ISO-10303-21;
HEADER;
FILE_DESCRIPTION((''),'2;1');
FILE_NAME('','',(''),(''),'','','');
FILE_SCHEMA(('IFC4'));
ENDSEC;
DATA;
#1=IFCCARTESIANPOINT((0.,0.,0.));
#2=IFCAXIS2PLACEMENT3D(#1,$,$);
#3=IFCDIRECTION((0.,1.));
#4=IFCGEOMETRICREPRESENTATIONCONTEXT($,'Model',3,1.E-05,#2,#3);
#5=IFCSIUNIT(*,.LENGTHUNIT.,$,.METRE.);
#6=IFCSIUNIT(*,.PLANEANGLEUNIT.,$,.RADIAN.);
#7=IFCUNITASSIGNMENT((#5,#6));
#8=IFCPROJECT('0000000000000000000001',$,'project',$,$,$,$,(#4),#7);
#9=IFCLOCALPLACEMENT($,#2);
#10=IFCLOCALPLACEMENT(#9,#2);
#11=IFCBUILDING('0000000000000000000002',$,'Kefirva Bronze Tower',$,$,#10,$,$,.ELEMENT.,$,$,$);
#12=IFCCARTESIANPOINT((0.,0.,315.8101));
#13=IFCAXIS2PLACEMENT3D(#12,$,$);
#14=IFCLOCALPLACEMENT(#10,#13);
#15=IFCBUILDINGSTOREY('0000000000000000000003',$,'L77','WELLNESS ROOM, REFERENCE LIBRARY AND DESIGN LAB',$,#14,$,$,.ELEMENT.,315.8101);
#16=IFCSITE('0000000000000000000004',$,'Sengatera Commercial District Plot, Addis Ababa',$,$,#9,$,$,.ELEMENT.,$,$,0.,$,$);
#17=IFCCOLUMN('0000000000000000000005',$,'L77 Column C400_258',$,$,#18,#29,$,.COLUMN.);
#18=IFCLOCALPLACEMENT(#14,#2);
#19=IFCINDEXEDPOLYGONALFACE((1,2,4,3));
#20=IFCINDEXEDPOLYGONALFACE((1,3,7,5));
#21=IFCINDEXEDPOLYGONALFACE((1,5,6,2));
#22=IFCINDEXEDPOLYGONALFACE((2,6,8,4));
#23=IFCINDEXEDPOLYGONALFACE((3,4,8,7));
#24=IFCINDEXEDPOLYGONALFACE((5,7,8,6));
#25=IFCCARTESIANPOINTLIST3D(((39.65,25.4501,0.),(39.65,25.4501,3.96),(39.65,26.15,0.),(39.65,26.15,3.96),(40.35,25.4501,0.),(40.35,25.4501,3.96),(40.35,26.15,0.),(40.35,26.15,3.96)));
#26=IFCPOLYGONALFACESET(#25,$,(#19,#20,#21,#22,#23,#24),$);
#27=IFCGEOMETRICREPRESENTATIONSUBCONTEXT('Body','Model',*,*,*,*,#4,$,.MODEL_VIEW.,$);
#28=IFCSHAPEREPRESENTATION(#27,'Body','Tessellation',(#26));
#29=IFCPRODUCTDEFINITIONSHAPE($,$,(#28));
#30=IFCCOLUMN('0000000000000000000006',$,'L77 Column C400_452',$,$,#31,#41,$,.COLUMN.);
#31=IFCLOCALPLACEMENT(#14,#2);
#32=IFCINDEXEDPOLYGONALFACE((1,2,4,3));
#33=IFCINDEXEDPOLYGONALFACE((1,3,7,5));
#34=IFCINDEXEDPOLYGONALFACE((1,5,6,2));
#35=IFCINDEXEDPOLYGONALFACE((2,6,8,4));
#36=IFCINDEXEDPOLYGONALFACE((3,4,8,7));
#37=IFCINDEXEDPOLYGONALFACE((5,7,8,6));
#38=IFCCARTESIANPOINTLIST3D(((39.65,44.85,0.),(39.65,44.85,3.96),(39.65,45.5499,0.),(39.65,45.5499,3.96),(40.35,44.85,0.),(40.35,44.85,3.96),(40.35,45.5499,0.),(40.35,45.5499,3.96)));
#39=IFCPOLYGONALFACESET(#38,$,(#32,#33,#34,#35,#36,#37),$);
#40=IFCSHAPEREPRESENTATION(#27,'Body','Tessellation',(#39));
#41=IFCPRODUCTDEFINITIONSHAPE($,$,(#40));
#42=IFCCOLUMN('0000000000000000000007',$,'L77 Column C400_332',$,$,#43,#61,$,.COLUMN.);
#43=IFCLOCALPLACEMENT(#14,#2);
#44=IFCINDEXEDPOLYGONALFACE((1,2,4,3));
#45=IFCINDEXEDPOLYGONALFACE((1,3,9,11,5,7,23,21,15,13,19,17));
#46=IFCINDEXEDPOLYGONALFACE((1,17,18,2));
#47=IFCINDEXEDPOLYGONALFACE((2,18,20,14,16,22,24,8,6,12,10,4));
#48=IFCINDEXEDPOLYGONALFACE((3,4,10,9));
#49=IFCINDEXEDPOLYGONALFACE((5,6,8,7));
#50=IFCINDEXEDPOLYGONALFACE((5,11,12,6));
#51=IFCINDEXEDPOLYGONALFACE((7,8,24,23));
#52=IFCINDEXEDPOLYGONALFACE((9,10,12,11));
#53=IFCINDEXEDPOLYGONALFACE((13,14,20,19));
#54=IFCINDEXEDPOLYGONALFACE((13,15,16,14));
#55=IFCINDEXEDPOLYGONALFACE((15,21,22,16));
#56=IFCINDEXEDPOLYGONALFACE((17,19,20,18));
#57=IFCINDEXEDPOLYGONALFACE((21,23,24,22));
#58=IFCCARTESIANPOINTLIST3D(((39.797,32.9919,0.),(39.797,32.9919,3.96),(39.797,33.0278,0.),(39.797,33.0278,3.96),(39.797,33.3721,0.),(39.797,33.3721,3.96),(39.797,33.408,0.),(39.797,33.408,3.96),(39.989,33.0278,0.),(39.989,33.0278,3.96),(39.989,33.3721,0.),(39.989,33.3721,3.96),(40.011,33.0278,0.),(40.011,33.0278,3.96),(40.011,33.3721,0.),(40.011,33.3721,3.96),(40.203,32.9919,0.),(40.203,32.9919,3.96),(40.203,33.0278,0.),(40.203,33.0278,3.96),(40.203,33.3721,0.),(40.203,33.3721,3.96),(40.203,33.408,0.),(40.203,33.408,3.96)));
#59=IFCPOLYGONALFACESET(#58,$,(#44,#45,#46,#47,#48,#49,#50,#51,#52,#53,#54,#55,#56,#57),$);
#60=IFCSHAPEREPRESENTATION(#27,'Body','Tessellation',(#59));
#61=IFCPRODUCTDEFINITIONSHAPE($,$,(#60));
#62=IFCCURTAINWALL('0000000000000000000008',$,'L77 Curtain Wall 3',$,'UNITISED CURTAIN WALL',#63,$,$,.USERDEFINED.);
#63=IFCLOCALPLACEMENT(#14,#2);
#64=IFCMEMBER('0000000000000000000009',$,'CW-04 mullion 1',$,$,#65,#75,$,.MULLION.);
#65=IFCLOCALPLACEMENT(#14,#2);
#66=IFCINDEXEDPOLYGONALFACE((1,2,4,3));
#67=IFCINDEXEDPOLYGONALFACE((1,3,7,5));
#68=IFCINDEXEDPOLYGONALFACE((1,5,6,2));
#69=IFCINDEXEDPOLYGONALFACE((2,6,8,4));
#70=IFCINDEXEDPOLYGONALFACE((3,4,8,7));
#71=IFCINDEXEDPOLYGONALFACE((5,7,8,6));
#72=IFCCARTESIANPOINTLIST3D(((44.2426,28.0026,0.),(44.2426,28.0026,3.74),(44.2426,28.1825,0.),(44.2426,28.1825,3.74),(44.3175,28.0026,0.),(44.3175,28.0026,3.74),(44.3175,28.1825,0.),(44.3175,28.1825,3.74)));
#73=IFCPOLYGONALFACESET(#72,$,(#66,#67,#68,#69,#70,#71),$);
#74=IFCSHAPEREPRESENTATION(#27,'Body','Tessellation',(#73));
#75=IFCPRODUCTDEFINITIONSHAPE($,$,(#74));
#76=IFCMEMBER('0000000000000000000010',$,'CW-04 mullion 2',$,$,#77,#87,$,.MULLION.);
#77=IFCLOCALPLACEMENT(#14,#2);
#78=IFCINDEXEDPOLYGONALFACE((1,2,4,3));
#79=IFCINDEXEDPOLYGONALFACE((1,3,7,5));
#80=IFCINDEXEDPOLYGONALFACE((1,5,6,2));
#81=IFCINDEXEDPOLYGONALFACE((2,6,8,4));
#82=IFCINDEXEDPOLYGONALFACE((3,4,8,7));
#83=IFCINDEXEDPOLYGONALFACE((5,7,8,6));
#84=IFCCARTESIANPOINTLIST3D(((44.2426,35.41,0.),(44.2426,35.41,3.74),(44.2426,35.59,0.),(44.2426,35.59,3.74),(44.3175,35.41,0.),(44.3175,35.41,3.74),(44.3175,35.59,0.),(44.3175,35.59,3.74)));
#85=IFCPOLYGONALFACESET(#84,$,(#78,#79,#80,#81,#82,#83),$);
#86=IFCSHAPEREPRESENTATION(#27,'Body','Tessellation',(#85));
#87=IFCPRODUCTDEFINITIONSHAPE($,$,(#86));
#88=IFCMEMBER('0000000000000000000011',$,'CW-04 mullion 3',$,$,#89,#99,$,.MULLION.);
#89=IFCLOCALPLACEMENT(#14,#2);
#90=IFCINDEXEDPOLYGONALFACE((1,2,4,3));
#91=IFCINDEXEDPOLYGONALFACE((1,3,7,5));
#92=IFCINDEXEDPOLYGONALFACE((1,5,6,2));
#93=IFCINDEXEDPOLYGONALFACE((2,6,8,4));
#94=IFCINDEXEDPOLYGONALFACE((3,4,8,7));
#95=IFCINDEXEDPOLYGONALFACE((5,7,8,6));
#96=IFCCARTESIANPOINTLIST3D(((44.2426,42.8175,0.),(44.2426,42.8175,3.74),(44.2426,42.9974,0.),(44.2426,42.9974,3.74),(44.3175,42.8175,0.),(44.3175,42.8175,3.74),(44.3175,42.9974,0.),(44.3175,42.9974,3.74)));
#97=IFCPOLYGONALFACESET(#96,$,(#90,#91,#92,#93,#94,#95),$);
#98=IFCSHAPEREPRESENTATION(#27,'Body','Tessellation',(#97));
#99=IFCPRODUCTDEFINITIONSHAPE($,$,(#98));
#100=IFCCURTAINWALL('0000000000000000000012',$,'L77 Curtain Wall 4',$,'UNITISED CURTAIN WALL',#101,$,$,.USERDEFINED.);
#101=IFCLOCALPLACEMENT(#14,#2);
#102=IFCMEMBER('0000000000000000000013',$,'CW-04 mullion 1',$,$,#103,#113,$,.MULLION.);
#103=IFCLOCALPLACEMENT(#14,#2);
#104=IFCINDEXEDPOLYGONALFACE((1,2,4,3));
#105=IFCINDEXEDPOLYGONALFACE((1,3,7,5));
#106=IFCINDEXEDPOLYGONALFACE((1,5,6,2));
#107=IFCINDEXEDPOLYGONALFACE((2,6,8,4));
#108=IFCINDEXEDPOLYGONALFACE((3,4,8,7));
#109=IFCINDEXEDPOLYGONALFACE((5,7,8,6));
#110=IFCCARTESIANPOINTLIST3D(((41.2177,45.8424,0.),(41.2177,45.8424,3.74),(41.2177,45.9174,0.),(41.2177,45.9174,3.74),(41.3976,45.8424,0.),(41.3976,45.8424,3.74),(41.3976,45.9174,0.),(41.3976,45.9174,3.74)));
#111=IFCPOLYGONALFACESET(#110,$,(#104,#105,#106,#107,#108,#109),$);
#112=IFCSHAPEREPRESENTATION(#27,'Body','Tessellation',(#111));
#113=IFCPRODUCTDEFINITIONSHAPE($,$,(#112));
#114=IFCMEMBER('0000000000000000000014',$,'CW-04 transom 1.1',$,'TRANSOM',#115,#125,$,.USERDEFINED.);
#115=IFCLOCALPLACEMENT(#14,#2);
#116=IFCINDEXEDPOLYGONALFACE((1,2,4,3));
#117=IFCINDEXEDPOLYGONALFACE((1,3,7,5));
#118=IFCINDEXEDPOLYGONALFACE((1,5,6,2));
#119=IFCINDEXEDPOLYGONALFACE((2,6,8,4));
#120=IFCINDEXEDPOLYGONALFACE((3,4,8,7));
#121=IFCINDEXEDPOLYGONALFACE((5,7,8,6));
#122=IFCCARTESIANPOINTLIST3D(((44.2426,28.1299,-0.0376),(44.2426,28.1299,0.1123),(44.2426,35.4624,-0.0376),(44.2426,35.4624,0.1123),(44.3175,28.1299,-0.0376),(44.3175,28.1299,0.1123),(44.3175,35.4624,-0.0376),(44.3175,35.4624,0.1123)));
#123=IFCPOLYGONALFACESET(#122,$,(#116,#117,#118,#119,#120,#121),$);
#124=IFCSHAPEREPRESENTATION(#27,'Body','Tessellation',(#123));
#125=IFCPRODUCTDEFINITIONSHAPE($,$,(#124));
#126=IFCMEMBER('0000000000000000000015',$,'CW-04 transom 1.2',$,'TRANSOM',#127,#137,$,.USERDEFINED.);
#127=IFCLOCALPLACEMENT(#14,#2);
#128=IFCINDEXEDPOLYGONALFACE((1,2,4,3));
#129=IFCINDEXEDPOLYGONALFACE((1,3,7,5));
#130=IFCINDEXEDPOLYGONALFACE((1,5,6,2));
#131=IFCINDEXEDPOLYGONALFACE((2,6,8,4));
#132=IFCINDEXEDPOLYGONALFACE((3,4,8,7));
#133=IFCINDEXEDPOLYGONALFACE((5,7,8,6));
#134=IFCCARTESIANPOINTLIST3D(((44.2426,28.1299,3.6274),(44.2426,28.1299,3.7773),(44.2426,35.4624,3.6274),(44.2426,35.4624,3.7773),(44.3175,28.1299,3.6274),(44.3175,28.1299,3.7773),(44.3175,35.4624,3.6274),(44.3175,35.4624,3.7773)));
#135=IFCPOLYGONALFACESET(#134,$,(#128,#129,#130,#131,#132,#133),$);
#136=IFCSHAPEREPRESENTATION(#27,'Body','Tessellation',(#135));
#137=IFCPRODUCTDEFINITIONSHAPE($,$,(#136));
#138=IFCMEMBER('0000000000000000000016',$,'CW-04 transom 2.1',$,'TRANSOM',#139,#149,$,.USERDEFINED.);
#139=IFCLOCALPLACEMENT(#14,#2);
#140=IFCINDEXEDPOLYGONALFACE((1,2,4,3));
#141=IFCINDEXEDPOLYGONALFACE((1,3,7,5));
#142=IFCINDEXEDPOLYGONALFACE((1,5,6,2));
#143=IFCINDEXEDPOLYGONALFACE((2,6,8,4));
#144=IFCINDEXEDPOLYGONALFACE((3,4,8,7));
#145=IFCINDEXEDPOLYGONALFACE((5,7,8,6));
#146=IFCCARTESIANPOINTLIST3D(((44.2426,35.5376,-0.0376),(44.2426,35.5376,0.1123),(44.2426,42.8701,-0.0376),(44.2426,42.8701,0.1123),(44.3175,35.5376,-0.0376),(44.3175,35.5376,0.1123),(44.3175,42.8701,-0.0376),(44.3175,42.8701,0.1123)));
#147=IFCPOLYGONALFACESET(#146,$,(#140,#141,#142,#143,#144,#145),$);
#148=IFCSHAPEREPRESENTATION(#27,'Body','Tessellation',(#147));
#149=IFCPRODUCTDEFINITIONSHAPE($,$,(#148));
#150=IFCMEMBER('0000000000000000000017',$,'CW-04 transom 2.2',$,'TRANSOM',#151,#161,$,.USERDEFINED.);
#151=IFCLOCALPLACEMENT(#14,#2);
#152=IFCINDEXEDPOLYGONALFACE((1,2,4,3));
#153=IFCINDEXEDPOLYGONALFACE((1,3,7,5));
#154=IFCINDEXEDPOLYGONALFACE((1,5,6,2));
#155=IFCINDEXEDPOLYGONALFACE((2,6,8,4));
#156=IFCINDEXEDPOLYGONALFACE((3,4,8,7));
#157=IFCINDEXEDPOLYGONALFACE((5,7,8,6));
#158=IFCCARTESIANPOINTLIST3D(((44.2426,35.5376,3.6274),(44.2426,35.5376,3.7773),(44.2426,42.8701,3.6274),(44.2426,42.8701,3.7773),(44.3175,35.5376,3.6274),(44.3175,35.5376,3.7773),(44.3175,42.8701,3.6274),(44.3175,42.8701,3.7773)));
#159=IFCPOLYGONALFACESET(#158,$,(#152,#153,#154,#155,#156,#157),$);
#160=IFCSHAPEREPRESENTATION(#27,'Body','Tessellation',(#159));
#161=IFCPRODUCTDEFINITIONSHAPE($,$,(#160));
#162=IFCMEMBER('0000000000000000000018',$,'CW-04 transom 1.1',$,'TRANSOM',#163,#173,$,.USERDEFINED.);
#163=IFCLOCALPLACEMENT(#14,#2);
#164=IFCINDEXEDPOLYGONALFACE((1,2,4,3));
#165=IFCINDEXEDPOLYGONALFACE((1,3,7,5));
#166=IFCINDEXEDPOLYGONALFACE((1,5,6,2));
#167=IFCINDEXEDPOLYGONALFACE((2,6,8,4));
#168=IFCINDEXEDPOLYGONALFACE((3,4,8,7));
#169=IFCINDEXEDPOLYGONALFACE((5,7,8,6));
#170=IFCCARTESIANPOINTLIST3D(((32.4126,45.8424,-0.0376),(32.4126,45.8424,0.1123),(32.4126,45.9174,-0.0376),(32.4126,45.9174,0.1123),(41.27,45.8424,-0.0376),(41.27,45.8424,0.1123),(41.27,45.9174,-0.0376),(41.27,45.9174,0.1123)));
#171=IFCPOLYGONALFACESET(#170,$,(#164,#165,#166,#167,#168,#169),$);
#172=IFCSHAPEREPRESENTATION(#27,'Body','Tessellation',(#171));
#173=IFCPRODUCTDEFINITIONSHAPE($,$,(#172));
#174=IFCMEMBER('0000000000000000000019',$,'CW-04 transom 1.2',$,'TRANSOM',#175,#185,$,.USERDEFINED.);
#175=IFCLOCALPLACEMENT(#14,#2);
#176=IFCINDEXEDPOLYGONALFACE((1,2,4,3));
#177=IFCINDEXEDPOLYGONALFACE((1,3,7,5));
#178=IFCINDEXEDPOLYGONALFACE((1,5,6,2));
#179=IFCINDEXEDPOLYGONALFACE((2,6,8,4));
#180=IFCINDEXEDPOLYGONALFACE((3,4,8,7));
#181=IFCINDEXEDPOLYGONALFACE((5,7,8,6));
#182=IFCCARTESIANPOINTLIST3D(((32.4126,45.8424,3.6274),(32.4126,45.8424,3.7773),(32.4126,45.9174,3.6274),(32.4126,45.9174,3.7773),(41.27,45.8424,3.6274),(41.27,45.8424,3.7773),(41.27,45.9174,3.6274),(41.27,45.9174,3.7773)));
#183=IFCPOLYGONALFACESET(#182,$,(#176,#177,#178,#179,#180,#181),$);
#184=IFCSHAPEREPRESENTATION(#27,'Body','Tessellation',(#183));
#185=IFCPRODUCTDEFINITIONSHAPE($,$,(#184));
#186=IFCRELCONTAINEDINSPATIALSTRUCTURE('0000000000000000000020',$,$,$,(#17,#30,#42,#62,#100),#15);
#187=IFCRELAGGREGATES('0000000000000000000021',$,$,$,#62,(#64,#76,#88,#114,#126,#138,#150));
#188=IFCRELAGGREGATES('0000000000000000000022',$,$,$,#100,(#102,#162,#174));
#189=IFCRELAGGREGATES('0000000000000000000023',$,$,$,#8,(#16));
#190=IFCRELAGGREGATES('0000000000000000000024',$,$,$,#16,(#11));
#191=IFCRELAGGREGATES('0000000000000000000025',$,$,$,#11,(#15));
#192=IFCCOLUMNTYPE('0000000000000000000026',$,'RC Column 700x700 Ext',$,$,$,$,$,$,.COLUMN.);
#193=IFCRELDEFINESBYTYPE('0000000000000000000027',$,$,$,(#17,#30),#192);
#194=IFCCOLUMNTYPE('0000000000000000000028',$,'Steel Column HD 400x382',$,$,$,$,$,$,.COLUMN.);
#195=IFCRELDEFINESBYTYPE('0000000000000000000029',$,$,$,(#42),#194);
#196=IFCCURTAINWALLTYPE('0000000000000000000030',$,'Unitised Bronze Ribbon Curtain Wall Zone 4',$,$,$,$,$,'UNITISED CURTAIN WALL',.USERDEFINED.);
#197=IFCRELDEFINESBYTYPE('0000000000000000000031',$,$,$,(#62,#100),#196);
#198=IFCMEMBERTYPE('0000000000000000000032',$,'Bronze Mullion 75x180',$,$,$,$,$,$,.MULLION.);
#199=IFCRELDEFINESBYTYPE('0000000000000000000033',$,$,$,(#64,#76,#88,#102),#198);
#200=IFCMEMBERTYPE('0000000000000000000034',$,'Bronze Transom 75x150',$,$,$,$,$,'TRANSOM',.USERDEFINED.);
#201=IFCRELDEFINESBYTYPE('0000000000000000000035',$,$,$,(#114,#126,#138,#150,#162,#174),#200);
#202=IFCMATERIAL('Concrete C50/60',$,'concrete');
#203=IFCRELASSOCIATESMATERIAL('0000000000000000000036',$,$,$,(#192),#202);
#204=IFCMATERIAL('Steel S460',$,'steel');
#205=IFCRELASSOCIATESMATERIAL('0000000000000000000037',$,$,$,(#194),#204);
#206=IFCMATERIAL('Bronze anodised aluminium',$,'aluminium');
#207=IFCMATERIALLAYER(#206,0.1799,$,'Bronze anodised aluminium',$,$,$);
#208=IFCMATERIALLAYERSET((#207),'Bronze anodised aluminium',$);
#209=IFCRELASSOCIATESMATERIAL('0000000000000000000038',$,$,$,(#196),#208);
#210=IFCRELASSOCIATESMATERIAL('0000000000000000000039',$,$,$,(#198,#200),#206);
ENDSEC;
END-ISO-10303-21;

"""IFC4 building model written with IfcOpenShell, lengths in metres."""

from ifc_helpers import new_model, si_unit, direction, frame, origin, origin_2d, place, context, subcontext, project, spatial, rectangle, i_section, extrude, material, layer, layer_set, material_profile, profile_set, type_object, element, aggregate, save


model = new_model("IFC4")

# Units and contexts
model_context = context("Model", 3, precision=1e-05, world=origin(), true_north=direction((0.0, 1.0)))
body_context = subcontext(model_context, "Body", "Model", "MODEL_VIEW")
ifc_project = project(units=[si_unit("LENGTHUNIT", "METRE"), si_unit("PLANEANGLEUNIT", "RADIAN")], contexts=[model_context])

# Site, building, storey
site_placement = place(None, origin())
site = spatial("IfcSite", under=ifc_project, at=site_placement, Name="Sengatera Commercial District Plot, Addis Ababa", CompositionType="ELEMENT", RefElevation=0.0)
building_placement = place(site_placement, origin())
building = spatial("IfcBuilding", under=site, at=building_placement, Name="Kefirva Bronze Tower", CompositionType="ELEMENT")
storey_placement = place(building_placement, frame((0.0, 0.0, 315.8101)))
storey = spatial("IfcBuildingStorey", under=building, at=storey_placement, Name="L77", Description="WELLNESS ROOM, REFERENCE LIBRARY AND DESIGN LAB", CompositionType="ELEMENT", Elevation=315.8101)

# Columns
ifc_material_1 = material(Name="Concrete C50/60", Category="concrete")
ifc_material_profile_1 = material_profile(ifc_material_1, rectangle(XDim=0.7, YDim=0.7, at=origin_2d()), Name="RC 700x700")
ifc_profile_set_1 = profile_set([ifc_material_profile_1], Name="Concrete C50/60")
column_type_1 = type_object("IfcColumnType", Name="RC Column 700x700 Ext", PredefinedType="COLUMN", material=ifc_profile_set_1)
for number, where, z_axis, x_axis, name in (
    (1, (40.0, 25.8, 0.0), (0.0, 0.0, 1.0), (1.0, 0.0, 0.0), "L77 Column C400_258"),
    (2, (40.0, 45.2, 0.0), (0.0, 0.0, 1.0), (1.0, 0.0, 0.0), "L77 Column C400_452"),
):
    element("IfcColumn", number, at=place(storey_placement, frame(where, z_axis=z_axis, x_axis=x_axis)), inside=storey, type_object=column_type_1, Name=name, PredefinedType="COLUMN", context=body_context, shape_type="SweptSolid", body=[
        extrude(rectangle(XDim=0.7, YDim=0.7, at=origin_2d()), origin(), (0.0, 0.0, 1.0), 3.96),
    ])
ifc_material_2 = material(Name="Steel S460", Category="steel")
ifc_material_profile_2 = material_profile(ifc_material_2, i_section(OverallWidth=0.406, OverallDepth=0.416, WebThickness=0.022, FlangeThickness=0.0359, at=origin_2d()), Name="HD 400x382")
ifc_profile_set_2 = profile_set([ifc_material_profile_2], Name="Steel S460")
column_type_2 = type_object("IfcColumnType", Name="Steel Column HD 400x382", PredefinedType="COLUMN", material=ifc_profile_set_2)
column_placement = place(storey_placement, frame((40.0, 33.2, 0.0), z_axis=(0.0, 0.0, 1.0), x_axis=(1.0, 0.0, 0.0)))
element("IfcColumn", 3, at=column_placement, inside=storey, type_object=column_type_2, Name="L77 Column C400_332", PredefinedType="COLUMN", context=body_context, shape_type="SweptSolid", body=[
    extrude(i_section(OverallWidth=0.406, OverallDepth=0.416, WebThickness=0.022, FlangeThickness=0.0359, at=origin_2d()), origin(), (0.0, 0.0, 1.0), 3.96),
])

# Curtain wall, members
ifc_material_3 = material(Name="Bronze anodised aluminium", Category="aluminium")
ifc_layer_1 = layer(ifc_material_3, 0.1799, Name="Bronze anodised aluminium")
ifc_layer_set_1 = layer_set([ifc_layer_1], Name="Bronze anodised aluminium")
curtain_wall_type = type_object("IfcCurtainWallType", Name="Unitised Bronze Ribbon Curtain Wall Zone 4", ElementType="UNITISED CURTAIN WALL", PredefinedType="USERDEFINED", material=ifc_layer_set_1)
curtain_wall_1_placement = place(storey_placement, origin())
curtain_wall_1 = element("IfcCurtainWall", 4, at=curtain_wall_1_placement, inside=storey, type_object=curtain_wall_type, Name="L77 Curtain Wall 3", ObjectType="UNITISED CURTAIN WALL", PredefinedType="USERDEFINED")
ifc_material_profile_3 = material_profile(ifc_material_3, rectangle(XDim=0.075, YDim=0.1799, at=origin_2d()), Name="ALU 75x180")
ifc_profile_set_3 = profile_set([ifc_material_profile_3], Name="Bronze anodised aluminium")
member_type_1 = type_object("IfcMemberType", Name="Bronze Mullion 75x180", PredefinedType="MULLION", material=ifc_profile_set_3)
member_1_placement = place(storey_placement, frame((44.28, 28.0925, 0.0), z_axis=(0.0, 0.0, 1.0), x_axis=(-1.0, 0.0, 0.0)))
member_1 = element("IfcMember", 5, at=member_1_placement, type_object=member_type_1, Name="CW-04 mullion 1", PredefinedType="MULLION", context=body_context, shape_type="SweptSolid", body=[
    extrude(rectangle(XDim=0.075, YDim=0.1799, at=origin_2d()), origin(), (0.0, 0.0, 1.0), 3.74),
])
member_2_placement = place(storey_placement, frame((44.28, 35.5, 0.0), z_axis=(0.0, 0.0, 1.0), x_axis=(-1.0, 0.0, 0.0)))
member_2 = element("IfcMember", 6, at=member_2_placement, type_object=member_type_1, Name="CW-04 mullion 2", PredefinedType="MULLION", context=body_context, shape_type="SweptSolid", body=[
    extrude(rectangle(XDim=0.075, YDim=0.1799, at=origin_2d()), origin(), (0.0, 0.0, 1.0), 3.74),
])
member_3_placement = place(storey_placement, frame((44.28, 42.9075, 0.0), z_axis=(0.0, 0.0, 1.0), x_axis=(-1.0, 0.0, 0.0)))
member_3 = element("IfcMember", 7, at=member_3_placement, type_object=member_type_1, Name="CW-04 mullion 3", PredefinedType="MULLION", context=body_context, shape_type="SweptSolid", body=[
    extrude(rectangle(XDim=0.075, YDim=0.1799, at=origin_2d()), origin(), (0.0, 0.0, 1.0), 3.74),
])

# Curtain wall, member
curtain_wall_2_placement = place(storey_placement, origin())
curtain_wall_2 = element("IfcCurtainWall", 8, at=curtain_wall_2_placement, inside=storey, type_object=curtain_wall_type, Name="L77 Curtain Wall 4", ObjectType="UNITISED CURTAIN WALL", PredefinedType="USERDEFINED")
member_4_placement = place(storey_placement, frame((41.3076, 45.8799, 0.0), z_axis=(0.0, 0.0, 1.0), x_axis=(0.0, -1.0, 0.0)))
member_4 = element("IfcMember", 9, at=member_4_placement, type_object=member_type_1, Name="CW-04 mullion 1", PredefinedType="MULLION", context=body_context, shape_type="SweptSolid", body=[
    extrude(rectangle(XDim=0.075, YDim=0.1799, at=origin_2d()), origin(), (0.0, 0.0, 1.0), 3.74),
])

# Members
ifc_material_profile_4 = material_profile(ifc_material_3, rectangle(XDim=0.075, YDim=0.1499, at=origin_2d()), Name="ALU 75x150")
ifc_profile_set_4 = profile_set([ifc_material_profile_4], Name="Bronze anodised aluminium")
member_type_2 = type_object("IfcMemberType", Name="Bronze Transom 75x150", ElementType="TRANSOM", PredefinedType="USERDEFINED", material=ifc_profile_set_4)
member_5_placement = place(storey_placement, frame((44.28, 28.1299, 0.0374), z_axis=(0.0, 1.0, 0.0), x_axis=(-1.0, 0.0, 0.0)))
member_5 = element("IfcMember", 10, at=member_5_placement, type_object=member_type_2, Name="CW-04 transom 1.1", ObjectType="TRANSOM", PredefinedType="USERDEFINED", context=body_context, shape_type="SweptSolid", body=[
    extrude(rectangle(XDim=0.075, YDim=0.1499, at=origin_2d()), origin(), (0.0, 0.0, 1.0), 7.3325),
])
member_6_placement = place(storey_placement, frame((44.28, 28.1299, 3.7024), z_axis=(0.0, 1.0, 0.0), x_axis=(-1.0, 0.0, 0.0)))
member_6 = element("IfcMember", 11, at=member_6_placement, type_object=member_type_2, Name="CW-04 transom 1.2", ObjectType="TRANSOM", PredefinedType="USERDEFINED", context=body_context, shape_type="SweptSolid", body=[
    extrude(rectangle(XDim=0.075, YDim=0.1499, at=origin_2d()), origin(), (0.0, 0.0, 1.0), 7.3325),
])
member_7_placement = place(storey_placement, frame((44.28, 35.5376, 0.0374), z_axis=(0.0, 1.0, 0.0), x_axis=(-1.0, 0.0, 0.0)))
member_7 = element("IfcMember", 12, at=member_7_placement, type_object=member_type_2, Name="CW-04 transom 2.1", ObjectType="TRANSOM", PredefinedType="USERDEFINED", context=body_context, shape_type="SweptSolid", body=[
    extrude(rectangle(XDim=0.075, YDim=0.1499, at=origin_2d()), origin(), (0.0, 0.0, 1.0), 7.3325),
])
member_8_placement = place(storey_placement, frame((44.28, 35.5376, 3.7024), z_axis=(0.0, 1.0, 0.0), x_axis=(-1.0, 0.0, 0.0)))
member_8 = element("IfcMember", 13, at=member_8_placement, type_object=member_type_2, Name="CW-04 transom 2.2", ObjectType="TRANSOM", PredefinedType="USERDEFINED", context=body_context, shape_type="SweptSolid", body=[
    extrude(rectangle(XDim=0.075, YDim=0.1499, at=origin_2d()), origin(), (0.0, 0.0, 1.0), 7.3325),
])
member_9_placement = place(storey_placement, frame((41.27, 45.8799, 0.0374), z_axis=(-1.0, 0.0, 0.0), x_axis=(0.0, -1.0, 0.0)))
member_9 = element("IfcMember", 14, at=member_9_placement, type_object=member_type_2, Name="CW-04 transom 1.1", ObjectType="TRANSOM", PredefinedType="USERDEFINED", context=body_context, shape_type="SweptSolid", body=[
    extrude(rectangle(XDim=0.075, YDim=0.1499, at=origin_2d()), origin(), (0.0, 0.0, 1.0), 8.8574),
])
member_10_placement = place(storey_placement, frame((41.27, 45.8799, 3.7024), z_axis=(-1.0, 0.0, 0.0), x_axis=(0.0, -1.0, 0.0)))
member_10 = element("IfcMember", 15, at=member_10_placement, type_object=member_type_2, Name="CW-04 transom 1.2", ObjectType="TRANSOM", PredefinedType="USERDEFINED", context=body_context, shape_type="SweptSolid", body=[
    extrude(rectangle(XDim=0.075, YDim=0.1499, at=origin_2d()), origin(), (0.0, 0.0, 1.0), 8.8574),
])

aggregate(curtain_wall_1, [member_1, member_2, member_3, member_5, member_6, member_7, member_8])
aggregate(curtain_wall_2, [member_4, member_9, member_10])

save(model, "model.ifc")
